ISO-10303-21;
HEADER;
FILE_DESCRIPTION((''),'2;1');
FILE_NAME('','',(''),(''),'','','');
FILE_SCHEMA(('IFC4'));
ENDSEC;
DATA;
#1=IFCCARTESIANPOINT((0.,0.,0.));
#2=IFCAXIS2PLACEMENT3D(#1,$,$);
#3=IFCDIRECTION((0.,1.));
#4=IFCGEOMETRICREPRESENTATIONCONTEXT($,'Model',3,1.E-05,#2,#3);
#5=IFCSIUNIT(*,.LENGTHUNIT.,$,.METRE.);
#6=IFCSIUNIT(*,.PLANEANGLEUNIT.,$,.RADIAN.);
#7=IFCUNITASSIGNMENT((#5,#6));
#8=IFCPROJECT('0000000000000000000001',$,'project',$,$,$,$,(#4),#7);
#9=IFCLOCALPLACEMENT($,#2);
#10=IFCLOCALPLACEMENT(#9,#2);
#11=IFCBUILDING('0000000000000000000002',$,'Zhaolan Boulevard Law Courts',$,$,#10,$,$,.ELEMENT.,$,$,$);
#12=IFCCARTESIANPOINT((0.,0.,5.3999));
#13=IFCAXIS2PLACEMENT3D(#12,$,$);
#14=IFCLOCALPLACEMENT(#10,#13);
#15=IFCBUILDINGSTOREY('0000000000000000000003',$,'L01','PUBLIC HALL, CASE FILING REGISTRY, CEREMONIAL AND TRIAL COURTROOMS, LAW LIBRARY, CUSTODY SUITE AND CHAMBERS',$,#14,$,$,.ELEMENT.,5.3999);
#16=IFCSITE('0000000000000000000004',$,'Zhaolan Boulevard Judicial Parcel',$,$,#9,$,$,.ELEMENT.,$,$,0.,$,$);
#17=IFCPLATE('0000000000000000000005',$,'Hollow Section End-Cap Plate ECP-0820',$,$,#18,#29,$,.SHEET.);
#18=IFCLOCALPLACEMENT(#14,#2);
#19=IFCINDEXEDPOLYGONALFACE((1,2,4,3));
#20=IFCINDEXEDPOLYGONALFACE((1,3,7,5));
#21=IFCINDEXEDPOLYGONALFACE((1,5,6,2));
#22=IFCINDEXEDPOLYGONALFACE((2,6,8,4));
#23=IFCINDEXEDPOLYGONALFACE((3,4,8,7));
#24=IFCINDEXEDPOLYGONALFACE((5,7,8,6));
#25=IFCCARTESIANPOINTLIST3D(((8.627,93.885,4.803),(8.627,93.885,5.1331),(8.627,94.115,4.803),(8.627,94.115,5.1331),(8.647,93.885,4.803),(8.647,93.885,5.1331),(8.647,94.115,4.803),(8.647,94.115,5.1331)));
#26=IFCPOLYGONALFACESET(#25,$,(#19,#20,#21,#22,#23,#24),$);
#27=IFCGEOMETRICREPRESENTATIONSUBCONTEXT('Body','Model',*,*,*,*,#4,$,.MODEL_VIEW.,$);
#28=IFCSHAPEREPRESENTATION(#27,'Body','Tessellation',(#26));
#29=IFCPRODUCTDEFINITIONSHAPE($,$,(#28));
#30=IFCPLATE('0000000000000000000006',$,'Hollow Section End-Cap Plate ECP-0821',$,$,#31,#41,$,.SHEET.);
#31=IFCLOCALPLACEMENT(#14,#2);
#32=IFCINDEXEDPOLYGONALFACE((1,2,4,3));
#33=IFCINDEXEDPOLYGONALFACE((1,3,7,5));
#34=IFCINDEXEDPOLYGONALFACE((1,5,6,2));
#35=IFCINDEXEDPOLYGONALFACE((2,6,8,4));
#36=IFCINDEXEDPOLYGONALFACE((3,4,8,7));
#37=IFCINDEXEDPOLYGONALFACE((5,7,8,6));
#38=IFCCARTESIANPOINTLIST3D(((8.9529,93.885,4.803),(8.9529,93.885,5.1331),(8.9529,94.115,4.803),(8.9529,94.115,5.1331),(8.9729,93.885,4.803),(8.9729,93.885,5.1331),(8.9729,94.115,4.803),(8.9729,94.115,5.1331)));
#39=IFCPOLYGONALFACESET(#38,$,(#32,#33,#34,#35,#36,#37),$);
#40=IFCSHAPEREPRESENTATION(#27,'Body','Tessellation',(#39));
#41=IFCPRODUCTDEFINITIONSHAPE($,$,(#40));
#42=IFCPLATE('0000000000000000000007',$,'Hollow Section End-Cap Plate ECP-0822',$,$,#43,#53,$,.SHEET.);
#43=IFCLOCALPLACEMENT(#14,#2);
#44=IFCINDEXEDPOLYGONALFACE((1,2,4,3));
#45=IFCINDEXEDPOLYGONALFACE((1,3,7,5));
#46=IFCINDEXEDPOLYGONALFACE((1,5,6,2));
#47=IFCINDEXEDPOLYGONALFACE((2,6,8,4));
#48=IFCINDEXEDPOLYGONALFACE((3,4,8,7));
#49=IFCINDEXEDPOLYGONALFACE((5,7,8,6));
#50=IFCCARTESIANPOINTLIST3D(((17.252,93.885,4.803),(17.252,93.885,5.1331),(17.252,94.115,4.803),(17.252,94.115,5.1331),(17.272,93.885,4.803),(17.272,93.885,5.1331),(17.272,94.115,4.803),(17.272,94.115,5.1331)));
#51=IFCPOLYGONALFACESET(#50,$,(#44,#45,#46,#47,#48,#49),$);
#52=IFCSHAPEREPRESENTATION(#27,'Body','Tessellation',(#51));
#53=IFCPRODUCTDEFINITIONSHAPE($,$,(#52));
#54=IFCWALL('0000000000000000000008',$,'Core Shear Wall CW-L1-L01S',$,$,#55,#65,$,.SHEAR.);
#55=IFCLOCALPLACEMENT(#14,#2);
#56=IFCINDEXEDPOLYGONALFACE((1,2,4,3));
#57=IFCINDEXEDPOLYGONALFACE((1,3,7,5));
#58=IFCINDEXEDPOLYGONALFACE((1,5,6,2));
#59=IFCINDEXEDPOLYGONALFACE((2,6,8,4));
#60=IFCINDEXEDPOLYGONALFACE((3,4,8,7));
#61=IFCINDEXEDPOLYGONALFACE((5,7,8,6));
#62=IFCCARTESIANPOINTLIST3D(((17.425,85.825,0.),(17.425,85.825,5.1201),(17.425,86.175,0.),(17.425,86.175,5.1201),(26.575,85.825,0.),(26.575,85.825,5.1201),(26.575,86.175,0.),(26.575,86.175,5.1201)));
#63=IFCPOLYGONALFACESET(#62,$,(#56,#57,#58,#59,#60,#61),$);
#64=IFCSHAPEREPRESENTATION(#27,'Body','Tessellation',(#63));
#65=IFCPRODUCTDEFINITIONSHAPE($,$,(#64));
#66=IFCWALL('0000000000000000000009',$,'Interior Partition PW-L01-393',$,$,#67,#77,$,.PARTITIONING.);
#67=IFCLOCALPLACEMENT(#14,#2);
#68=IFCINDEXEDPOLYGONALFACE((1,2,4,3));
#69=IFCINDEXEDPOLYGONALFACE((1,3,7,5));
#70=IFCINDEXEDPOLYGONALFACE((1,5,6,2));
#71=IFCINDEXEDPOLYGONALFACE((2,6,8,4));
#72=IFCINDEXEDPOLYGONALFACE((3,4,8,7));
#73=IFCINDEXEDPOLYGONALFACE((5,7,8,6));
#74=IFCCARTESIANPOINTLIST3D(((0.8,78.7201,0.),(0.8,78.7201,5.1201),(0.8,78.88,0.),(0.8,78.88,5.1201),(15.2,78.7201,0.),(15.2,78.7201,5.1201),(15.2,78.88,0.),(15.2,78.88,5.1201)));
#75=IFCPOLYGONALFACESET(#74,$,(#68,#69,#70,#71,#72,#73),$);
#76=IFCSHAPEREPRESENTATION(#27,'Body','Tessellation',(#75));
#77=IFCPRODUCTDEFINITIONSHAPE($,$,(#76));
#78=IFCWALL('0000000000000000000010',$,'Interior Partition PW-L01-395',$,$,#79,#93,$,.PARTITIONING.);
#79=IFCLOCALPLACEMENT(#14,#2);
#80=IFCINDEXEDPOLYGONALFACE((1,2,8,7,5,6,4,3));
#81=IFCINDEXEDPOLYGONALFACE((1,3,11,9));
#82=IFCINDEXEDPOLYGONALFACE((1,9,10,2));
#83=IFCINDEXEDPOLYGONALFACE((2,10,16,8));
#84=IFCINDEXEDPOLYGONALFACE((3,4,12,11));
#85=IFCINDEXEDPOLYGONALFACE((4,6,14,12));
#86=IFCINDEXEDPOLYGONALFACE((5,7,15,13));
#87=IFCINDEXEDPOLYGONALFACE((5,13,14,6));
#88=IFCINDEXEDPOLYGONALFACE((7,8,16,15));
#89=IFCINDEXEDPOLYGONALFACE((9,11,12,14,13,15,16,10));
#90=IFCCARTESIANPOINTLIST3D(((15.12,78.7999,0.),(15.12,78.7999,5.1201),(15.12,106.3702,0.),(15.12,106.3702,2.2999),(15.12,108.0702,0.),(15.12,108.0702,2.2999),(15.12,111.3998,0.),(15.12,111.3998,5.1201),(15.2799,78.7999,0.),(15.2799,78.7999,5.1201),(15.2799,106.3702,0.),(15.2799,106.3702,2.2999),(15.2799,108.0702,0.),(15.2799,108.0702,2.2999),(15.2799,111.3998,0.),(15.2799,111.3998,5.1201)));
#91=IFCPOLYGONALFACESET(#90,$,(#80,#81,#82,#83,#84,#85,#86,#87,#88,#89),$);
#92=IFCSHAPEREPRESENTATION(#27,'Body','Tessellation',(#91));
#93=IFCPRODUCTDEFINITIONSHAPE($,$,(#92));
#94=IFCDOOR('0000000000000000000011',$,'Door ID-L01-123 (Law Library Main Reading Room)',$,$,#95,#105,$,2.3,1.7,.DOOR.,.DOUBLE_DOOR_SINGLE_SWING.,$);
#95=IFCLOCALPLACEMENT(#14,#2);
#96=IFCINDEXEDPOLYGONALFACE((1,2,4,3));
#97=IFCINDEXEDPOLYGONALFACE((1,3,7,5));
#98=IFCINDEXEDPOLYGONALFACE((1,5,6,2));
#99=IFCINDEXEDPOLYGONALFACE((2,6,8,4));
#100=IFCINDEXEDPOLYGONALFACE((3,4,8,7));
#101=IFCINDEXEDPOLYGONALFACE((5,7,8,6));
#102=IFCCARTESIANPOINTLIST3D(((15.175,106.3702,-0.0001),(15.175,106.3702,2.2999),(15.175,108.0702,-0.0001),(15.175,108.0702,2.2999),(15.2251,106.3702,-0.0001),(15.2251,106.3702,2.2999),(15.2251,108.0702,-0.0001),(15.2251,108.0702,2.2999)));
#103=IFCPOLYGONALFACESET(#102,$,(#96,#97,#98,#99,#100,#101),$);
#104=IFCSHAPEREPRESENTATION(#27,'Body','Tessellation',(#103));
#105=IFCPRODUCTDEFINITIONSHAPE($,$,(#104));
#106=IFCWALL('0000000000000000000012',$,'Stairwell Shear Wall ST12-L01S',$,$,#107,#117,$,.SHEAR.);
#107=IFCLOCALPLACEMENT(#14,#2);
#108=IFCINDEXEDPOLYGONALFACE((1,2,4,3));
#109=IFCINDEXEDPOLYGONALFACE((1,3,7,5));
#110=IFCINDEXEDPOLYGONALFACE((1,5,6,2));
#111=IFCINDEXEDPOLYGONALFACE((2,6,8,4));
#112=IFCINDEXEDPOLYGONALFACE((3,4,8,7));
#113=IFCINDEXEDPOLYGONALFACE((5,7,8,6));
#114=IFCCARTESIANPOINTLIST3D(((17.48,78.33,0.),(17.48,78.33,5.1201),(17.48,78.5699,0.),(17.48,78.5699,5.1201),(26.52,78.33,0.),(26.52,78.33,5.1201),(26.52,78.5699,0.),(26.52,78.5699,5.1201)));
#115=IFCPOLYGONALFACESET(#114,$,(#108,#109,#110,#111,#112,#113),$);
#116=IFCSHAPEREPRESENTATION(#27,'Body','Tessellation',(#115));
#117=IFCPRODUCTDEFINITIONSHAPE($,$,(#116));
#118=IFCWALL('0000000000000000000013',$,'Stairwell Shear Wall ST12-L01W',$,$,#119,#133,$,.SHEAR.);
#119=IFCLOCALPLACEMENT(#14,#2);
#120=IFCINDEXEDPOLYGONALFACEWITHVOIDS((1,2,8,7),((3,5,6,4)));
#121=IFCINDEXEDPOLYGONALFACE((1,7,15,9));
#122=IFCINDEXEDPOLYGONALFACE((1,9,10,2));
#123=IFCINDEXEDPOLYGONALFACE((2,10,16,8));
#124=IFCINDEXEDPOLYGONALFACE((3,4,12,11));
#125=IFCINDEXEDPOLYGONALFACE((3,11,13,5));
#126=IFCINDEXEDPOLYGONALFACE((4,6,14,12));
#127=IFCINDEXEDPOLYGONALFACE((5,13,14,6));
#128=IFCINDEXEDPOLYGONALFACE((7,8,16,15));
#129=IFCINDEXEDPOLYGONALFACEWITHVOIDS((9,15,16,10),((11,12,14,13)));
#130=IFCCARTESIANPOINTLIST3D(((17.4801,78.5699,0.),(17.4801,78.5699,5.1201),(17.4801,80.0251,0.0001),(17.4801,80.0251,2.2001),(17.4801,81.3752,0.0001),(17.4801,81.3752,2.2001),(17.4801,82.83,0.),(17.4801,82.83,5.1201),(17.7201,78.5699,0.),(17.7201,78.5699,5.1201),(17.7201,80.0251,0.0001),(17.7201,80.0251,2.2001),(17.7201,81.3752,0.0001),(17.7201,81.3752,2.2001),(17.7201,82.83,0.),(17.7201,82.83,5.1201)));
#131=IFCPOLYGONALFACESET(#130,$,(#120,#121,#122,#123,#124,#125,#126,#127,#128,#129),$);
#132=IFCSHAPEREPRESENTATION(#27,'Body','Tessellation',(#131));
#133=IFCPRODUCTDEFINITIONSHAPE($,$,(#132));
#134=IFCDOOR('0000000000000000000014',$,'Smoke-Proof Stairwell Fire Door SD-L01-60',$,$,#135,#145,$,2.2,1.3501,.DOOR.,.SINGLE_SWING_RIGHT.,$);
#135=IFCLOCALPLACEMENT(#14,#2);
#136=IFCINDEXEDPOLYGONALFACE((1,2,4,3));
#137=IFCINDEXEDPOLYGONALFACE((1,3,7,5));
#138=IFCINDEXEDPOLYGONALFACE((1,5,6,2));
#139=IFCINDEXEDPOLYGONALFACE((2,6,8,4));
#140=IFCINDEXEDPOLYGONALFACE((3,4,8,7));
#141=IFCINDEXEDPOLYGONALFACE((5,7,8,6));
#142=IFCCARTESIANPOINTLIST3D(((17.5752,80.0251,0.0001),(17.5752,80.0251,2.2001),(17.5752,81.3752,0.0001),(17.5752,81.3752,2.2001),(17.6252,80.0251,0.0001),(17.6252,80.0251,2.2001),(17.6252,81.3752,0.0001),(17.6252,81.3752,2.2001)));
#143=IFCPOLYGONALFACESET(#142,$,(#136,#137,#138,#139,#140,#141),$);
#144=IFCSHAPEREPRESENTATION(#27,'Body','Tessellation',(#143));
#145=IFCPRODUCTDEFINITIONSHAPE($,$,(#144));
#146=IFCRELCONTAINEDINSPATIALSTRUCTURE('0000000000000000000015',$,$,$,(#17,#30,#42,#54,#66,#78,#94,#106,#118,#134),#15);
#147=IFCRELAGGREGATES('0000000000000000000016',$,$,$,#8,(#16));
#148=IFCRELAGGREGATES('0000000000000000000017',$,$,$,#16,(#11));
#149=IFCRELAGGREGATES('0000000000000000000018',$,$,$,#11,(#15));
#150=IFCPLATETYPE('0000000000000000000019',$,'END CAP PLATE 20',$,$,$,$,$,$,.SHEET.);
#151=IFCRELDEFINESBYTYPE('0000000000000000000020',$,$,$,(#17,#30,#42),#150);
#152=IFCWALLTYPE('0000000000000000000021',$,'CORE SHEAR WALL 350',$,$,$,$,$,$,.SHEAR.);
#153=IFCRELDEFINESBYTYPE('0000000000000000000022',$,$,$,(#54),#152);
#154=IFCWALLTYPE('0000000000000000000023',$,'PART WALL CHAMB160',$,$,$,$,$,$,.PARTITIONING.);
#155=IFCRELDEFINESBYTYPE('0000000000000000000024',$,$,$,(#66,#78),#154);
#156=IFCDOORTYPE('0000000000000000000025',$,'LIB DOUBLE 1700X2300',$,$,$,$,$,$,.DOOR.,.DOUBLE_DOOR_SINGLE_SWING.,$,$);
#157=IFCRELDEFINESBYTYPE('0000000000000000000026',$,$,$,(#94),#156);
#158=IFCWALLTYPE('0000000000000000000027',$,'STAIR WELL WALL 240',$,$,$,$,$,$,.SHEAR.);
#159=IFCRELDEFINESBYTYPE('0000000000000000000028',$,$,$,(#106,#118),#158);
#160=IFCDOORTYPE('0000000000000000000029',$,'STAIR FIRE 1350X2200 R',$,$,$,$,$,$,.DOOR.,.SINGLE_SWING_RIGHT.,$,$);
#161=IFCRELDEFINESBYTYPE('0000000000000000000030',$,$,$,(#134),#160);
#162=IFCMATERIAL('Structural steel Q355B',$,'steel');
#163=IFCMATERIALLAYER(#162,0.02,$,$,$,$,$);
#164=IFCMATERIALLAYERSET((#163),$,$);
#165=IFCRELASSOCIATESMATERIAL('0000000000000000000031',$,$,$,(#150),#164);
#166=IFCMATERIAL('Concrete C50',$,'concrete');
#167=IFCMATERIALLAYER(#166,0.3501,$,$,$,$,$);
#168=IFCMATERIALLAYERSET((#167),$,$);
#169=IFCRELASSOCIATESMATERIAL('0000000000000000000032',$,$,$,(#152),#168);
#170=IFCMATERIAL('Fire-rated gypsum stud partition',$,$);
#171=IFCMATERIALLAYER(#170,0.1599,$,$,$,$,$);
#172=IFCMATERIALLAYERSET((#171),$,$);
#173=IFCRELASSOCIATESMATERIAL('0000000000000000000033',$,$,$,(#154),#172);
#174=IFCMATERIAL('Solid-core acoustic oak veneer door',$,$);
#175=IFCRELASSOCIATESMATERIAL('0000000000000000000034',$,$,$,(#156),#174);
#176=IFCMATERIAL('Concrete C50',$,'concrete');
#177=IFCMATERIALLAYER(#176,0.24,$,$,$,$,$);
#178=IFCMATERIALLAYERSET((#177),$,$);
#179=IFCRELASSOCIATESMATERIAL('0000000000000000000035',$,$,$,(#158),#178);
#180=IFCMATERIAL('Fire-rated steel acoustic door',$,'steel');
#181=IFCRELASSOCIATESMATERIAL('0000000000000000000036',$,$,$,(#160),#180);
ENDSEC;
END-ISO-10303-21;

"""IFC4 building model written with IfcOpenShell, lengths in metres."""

from ifc_helpers import new_model, si_unit, direction, frame, frame_2d, origin, origin_2d, place, context, subcontext, project, spatial, rectangle, extrude, material, layer, layer_set, type_object, element, fill, save


model = new_model("IFC4")

# Units and contexts
model_context = context("Model", 3, precision=1e-05, world=origin(), true_north=direction((0.0, 1.0)))
body_context = subcontext(model_context, "Body", "Model", "MODEL_VIEW")
ifc_project = project(units=[si_unit("LENGTHUNIT", "METRE"), si_unit("PLANEANGLEUNIT", "RADIAN")], contexts=[model_context])

# Site, building, storey
site_placement = place(None, origin())
site = spatial("IfcSite", under=ifc_project, at=site_placement, Name="Zhaolan Boulevard Judicial Parcel", CompositionType="ELEMENT", RefElevation=0.0)
building_placement = place(site_placement, origin())
building = spatial("IfcBuilding", under=site, at=building_placement, Name="Zhaolan Boulevard Law Courts", CompositionType="ELEMENT")
storey_placement = place(building_placement, frame((0.0, 0.0, 5.3999)))
storey = spatial("IfcBuildingStorey", under=building, at=storey_placement, Name="L01", Description="PUBLIC HALL, CASE FILING REGISTRY, CEREMONIAL AND TRIAL COURTROOMS, LAW LIBRARY, CUSTODY SUITE AND CHAMBERS", CompositionType="ELEMENT", Elevation=5.3999)

# Plates
ifc_material_1 = material(Name="Structural steel Q355B", Category="steel")
ifc_layer_1 = layer(ifc_material_1, 0.02)
ifc_layer_set_1 = layer_set([ifc_layer_1])
plate_type = type_object("IfcPlateType", Name="END CAP PLATE 20", PredefinedType="SHEET", material=ifc_layer_set_1)
for number, where, z_axis, x_axis, name in (
    (1, (8.637, 94.0, 4.803), (0.0, 0.0, 1.0), (1.0, 0.0, 0.0), "Hollow Section End-Cap Plate ECP-0820"),
    (2, (8.9629, 94.0, 4.803), (0.0, 0.0, 1.0), (1.0, 0.0, 0.0), "Hollow Section End-Cap Plate ECP-0821"),
    (3, (17.262, 94.0, 4.803), (0.0, 0.0, 1.0), (1.0, 0.0, 0.0), "Hollow Section End-Cap Plate ECP-0822"),
):
    element("IfcPlate", number, at=place(storey_placement, frame(where, z_axis=z_axis, x_axis=x_axis)), inside=storey, type_object=plate_type, Name=name, PredefinedType="SHEET", context=body_context, shape_type="SweptSolid", body=[
        extrude(rectangle(XDim=0.02, YDim=0.23, at=origin_2d()), origin(), (0.0, 0.0, 1.0), 0.3301),
    ])

# Walls
ifc_material_2 = material(Name="Concrete C50", Category="concrete")
ifc_layer_2 = layer(ifc_material_2, 0.3501)
ifc_layer_set_2 = layer_set([ifc_layer_2])
wall_type_1 = type_object("IfcWallType", Name="CORE SHEAR WALL 350", PredefinedType="SHEAR", material=ifc_layer_set_2)
wall_1_placement = place(storey_placement, frame((17.425, 86.0, 0.0), z_axis=(0.0, 0.0, 1.0), x_axis=(1.0, 0.0, 0.0)))
element("IfcWall", 4, at=wall_1_placement, inside=storey, type_object=wall_type_1, Name="Core Shear Wall CW-L1-L01S", PredefinedType="SHEAR", context=body_context, shape_type="SweptSolid", body=[
    extrude(rectangle(XDim=9.1499, YDim=0.3501, at=frame_2d((4.575, 0.0))), origin(), (0.0, 0.0, 1.0), 5.1201),
])
ifc_material_3 = material(Name="Fire-rated gypsum stud partition")
ifc_layer_3 = layer(ifc_material_3, 0.1599)
ifc_layer_set_3 = layer_set([ifc_layer_3])
wall_type_2 = type_object("IfcWallType", Name="PART WALL CHAMB160", PredefinedType="PARTITIONING", material=ifc_layer_set_3)
wall_2_placement = place(storey_placement, frame((0.8, 78.8, 0.0), z_axis=(0.0, 0.0, 1.0), x_axis=(1.0, 0.0, 0.0)))
element("IfcWall", 5, at=wall_2_placement, inside=storey, type_object=wall_type_2, Name="Interior Partition PW-L01-393", PredefinedType="PARTITIONING", context=body_context, shape_type="SweptSolid", body=[
    extrude(rectangle(XDim=14.3999, YDim=0.1599, at=frame_2d((7.2, 0.0))), origin(), (0.0, 0.0, 1.0), 5.1201),
])

# Wall, opening, door
wall_3_placement = place(storey_placement, frame((15.2, 78.8, 0.0), z_axis=(0.0, 0.0, 1.0), x_axis=(0.0, 1.0, 0.0)))
wall_3 = element("IfcWall", 6, at=wall_3_placement, inside=storey, type_object=wall_type_2, Name="Interior Partition PW-L01-395", PredefinedType="PARTITIONING", context=body_context, shape_type="SweptSolid", body=[
    extrude(rectangle(XDim=32.5999, YDim=0.1599, at=frame_2d((16.2998, 0.0))), origin(), (0.0, 0.0, 1.0), 5.1201),
])
opening_1_placement = place(wall_3_placement, frame((27.5701, 0.0, 0.0)))
opening_1 = element("IfcOpeningElement", 7, at=opening_1_placement, cuts=wall_3, PredefinedType="OPENING", context=body_context, shape_type="SweptSolid", body=[
    extrude(rectangle(XDim=1.7, YDim=2.3, at=frame_2d((0.8501, 1.1499))), frame((0.0, 0.0898, 0.0), z_axis=(0.0, -1.0, 0.0), x_axis=(1.0, 0.0, 0.0)), (0.0, 0.0, 1.0), 0.1799),
])
ifc_material_4 = material(Name="Solid-core acoustic oak veneer door")
door_type_1 = type_object("IfcDoorType", Name="LIB DOUBLE 1700X2300", OperationType="DOUBLE_DOOR_SINGLE_SWING", PredefinedType="DOOR", material=ifc_material_4)
door_1_placement = place(opening_1_placement, origin())
door_1 = element("IfcDoor", 8, at=door_1_placement, inside=storey, type_object=door_type_1, Name="Door ID-L01-123 (Law Library Main Reading Room)", OperationType="DOUBLE_DOOR_SINGLE_SWING", OverallHeight=2.3, OverallWidth=1.7, PredefinedType="DOOR", context=body_context, shape_type="SweptSolid", body=[
    extrude(rectangle(XDim=1.7, YDim=2.3, at=frame_2d((0.8501, 1.1499))), frame((0.0, 0.0249, 0.0), z_axis=(0.0, -1.0, 0.0), x_axis=(1.0, 0.0, 0.0)), (0.0, 0.0, 1.0), 0.05),
])
fill(opening_1, door_1)

# Wall
ifc_material_5 = material(Name="Concrete C50", Category="concrete")
ifc_layer_4 = layer(ifc_material_5, 0.24)
ifc_layer_set_4 = layer_set([ifc_layer_4])
wall_type_3 = type_object("IfcWallType", Name="STAIR WELL WALL 240", PredefinedType="SHEAR", material=ifc_layer_set_4)
wall_4_placement = place(storey_placement, frame((17.48, 78.45, 0.0), z_axis=(0.0, 0.0, 1.0), x_axis=(1.0, 0.0, 0.0)))
element("IfcWall", 9, at=wall_4_placement, inside=storey, type_object=wall_type_3, Name="Stairwell Shear Wall ST12-L01S", PredefinedType="SHEAR", context=body_context, shape_type="SweptSolid", body=[
    extrude(rectangle(XDim=9.04, YDim=0.24, at=frame_2d((4.52, 0.0))), origin(), (0.0, 0.0, 1.0), 5.1201),
])

# Wall, opening, door
wall_5_placement = place(storey_placement, frame((17.6001, 78.5701, 0.0), z_axis=(0.0, 0.0, 1.0), x_axis=(0.0, 1.0, 0.0)))
wall_5 = element("IfcWall", 10, at=wall_5_placement, inside=storey, type_object=wall_type_3, Name="Stairwell Shear Wall ST12-L01W", PredefinedType="SHEAR", context=body_context, shape_type="SweptSolid", body=[
    extrude(rectangle(XDim=4.26, YDim=0.24, at=frame_2d((2.1299, 0.0))), origin(), (0.0, 0.0, 1.0), 5.1201),
])
opening_2_placement = place(wall_5_placement, frame((1.4551, 0.0, 0.0)))
opening_2 = element("IfcOpeningElement", 11, at=opening_2_placement, cuts=wall_5, PredefinedType="OPENING", context=body_context, shape_type="SweptSolid", body=[
    extrude(rectangle(XDim=1.3501, YDim=2.2, at=frame_2d((0.675, 1.1001))), frame((0.0, 0.1299, 0.0), z_axis=(0.0, -1.0, 0.0), x_axis=(1.0, 0.0, 0.0)), (0.0, 0.0, 1.0), 0.26),
])
ifc_material_6 = material(Name="Fire-rated steel acoustic door", Category="steel")
door_type_2 = type_object("IfcDoorType", Name="STAIR FIRE 1350X2200 R", OperationType="SINGLE_SWING_RIGHT", PredefinedType="DOOR", material=ifc_material_6)
door_2_placement = place(opening_2_placement, origin())
door_2 = element("IfcDoor", 12, at=door_2_placement, inside=storey, type_object=door_type_2, Name="Smoke-Proof Stairwell Fire Door SD-L01-60", OperationType="SINGLE_SWING_RIGHT", OverallHeight=2.2, OverallWidth=1.3501, PredefinedType="DOOR", context=body_context, shape_type="SweptSolid", body=[
    extrude(rectangle(XDim=1.3501, YDim=2.2, at=frame_2d((0.675, 1.1001))), frame((0.0, 0.0249, 0.0), z_axis=(0.0, -1.0, 0.0), x_axis=(1.0, 0.0, 0.0)), (0.0, 0.0, 1.0), 0.05),
])
fill(opening_2, door_2)

save(model, "model.ifc")
